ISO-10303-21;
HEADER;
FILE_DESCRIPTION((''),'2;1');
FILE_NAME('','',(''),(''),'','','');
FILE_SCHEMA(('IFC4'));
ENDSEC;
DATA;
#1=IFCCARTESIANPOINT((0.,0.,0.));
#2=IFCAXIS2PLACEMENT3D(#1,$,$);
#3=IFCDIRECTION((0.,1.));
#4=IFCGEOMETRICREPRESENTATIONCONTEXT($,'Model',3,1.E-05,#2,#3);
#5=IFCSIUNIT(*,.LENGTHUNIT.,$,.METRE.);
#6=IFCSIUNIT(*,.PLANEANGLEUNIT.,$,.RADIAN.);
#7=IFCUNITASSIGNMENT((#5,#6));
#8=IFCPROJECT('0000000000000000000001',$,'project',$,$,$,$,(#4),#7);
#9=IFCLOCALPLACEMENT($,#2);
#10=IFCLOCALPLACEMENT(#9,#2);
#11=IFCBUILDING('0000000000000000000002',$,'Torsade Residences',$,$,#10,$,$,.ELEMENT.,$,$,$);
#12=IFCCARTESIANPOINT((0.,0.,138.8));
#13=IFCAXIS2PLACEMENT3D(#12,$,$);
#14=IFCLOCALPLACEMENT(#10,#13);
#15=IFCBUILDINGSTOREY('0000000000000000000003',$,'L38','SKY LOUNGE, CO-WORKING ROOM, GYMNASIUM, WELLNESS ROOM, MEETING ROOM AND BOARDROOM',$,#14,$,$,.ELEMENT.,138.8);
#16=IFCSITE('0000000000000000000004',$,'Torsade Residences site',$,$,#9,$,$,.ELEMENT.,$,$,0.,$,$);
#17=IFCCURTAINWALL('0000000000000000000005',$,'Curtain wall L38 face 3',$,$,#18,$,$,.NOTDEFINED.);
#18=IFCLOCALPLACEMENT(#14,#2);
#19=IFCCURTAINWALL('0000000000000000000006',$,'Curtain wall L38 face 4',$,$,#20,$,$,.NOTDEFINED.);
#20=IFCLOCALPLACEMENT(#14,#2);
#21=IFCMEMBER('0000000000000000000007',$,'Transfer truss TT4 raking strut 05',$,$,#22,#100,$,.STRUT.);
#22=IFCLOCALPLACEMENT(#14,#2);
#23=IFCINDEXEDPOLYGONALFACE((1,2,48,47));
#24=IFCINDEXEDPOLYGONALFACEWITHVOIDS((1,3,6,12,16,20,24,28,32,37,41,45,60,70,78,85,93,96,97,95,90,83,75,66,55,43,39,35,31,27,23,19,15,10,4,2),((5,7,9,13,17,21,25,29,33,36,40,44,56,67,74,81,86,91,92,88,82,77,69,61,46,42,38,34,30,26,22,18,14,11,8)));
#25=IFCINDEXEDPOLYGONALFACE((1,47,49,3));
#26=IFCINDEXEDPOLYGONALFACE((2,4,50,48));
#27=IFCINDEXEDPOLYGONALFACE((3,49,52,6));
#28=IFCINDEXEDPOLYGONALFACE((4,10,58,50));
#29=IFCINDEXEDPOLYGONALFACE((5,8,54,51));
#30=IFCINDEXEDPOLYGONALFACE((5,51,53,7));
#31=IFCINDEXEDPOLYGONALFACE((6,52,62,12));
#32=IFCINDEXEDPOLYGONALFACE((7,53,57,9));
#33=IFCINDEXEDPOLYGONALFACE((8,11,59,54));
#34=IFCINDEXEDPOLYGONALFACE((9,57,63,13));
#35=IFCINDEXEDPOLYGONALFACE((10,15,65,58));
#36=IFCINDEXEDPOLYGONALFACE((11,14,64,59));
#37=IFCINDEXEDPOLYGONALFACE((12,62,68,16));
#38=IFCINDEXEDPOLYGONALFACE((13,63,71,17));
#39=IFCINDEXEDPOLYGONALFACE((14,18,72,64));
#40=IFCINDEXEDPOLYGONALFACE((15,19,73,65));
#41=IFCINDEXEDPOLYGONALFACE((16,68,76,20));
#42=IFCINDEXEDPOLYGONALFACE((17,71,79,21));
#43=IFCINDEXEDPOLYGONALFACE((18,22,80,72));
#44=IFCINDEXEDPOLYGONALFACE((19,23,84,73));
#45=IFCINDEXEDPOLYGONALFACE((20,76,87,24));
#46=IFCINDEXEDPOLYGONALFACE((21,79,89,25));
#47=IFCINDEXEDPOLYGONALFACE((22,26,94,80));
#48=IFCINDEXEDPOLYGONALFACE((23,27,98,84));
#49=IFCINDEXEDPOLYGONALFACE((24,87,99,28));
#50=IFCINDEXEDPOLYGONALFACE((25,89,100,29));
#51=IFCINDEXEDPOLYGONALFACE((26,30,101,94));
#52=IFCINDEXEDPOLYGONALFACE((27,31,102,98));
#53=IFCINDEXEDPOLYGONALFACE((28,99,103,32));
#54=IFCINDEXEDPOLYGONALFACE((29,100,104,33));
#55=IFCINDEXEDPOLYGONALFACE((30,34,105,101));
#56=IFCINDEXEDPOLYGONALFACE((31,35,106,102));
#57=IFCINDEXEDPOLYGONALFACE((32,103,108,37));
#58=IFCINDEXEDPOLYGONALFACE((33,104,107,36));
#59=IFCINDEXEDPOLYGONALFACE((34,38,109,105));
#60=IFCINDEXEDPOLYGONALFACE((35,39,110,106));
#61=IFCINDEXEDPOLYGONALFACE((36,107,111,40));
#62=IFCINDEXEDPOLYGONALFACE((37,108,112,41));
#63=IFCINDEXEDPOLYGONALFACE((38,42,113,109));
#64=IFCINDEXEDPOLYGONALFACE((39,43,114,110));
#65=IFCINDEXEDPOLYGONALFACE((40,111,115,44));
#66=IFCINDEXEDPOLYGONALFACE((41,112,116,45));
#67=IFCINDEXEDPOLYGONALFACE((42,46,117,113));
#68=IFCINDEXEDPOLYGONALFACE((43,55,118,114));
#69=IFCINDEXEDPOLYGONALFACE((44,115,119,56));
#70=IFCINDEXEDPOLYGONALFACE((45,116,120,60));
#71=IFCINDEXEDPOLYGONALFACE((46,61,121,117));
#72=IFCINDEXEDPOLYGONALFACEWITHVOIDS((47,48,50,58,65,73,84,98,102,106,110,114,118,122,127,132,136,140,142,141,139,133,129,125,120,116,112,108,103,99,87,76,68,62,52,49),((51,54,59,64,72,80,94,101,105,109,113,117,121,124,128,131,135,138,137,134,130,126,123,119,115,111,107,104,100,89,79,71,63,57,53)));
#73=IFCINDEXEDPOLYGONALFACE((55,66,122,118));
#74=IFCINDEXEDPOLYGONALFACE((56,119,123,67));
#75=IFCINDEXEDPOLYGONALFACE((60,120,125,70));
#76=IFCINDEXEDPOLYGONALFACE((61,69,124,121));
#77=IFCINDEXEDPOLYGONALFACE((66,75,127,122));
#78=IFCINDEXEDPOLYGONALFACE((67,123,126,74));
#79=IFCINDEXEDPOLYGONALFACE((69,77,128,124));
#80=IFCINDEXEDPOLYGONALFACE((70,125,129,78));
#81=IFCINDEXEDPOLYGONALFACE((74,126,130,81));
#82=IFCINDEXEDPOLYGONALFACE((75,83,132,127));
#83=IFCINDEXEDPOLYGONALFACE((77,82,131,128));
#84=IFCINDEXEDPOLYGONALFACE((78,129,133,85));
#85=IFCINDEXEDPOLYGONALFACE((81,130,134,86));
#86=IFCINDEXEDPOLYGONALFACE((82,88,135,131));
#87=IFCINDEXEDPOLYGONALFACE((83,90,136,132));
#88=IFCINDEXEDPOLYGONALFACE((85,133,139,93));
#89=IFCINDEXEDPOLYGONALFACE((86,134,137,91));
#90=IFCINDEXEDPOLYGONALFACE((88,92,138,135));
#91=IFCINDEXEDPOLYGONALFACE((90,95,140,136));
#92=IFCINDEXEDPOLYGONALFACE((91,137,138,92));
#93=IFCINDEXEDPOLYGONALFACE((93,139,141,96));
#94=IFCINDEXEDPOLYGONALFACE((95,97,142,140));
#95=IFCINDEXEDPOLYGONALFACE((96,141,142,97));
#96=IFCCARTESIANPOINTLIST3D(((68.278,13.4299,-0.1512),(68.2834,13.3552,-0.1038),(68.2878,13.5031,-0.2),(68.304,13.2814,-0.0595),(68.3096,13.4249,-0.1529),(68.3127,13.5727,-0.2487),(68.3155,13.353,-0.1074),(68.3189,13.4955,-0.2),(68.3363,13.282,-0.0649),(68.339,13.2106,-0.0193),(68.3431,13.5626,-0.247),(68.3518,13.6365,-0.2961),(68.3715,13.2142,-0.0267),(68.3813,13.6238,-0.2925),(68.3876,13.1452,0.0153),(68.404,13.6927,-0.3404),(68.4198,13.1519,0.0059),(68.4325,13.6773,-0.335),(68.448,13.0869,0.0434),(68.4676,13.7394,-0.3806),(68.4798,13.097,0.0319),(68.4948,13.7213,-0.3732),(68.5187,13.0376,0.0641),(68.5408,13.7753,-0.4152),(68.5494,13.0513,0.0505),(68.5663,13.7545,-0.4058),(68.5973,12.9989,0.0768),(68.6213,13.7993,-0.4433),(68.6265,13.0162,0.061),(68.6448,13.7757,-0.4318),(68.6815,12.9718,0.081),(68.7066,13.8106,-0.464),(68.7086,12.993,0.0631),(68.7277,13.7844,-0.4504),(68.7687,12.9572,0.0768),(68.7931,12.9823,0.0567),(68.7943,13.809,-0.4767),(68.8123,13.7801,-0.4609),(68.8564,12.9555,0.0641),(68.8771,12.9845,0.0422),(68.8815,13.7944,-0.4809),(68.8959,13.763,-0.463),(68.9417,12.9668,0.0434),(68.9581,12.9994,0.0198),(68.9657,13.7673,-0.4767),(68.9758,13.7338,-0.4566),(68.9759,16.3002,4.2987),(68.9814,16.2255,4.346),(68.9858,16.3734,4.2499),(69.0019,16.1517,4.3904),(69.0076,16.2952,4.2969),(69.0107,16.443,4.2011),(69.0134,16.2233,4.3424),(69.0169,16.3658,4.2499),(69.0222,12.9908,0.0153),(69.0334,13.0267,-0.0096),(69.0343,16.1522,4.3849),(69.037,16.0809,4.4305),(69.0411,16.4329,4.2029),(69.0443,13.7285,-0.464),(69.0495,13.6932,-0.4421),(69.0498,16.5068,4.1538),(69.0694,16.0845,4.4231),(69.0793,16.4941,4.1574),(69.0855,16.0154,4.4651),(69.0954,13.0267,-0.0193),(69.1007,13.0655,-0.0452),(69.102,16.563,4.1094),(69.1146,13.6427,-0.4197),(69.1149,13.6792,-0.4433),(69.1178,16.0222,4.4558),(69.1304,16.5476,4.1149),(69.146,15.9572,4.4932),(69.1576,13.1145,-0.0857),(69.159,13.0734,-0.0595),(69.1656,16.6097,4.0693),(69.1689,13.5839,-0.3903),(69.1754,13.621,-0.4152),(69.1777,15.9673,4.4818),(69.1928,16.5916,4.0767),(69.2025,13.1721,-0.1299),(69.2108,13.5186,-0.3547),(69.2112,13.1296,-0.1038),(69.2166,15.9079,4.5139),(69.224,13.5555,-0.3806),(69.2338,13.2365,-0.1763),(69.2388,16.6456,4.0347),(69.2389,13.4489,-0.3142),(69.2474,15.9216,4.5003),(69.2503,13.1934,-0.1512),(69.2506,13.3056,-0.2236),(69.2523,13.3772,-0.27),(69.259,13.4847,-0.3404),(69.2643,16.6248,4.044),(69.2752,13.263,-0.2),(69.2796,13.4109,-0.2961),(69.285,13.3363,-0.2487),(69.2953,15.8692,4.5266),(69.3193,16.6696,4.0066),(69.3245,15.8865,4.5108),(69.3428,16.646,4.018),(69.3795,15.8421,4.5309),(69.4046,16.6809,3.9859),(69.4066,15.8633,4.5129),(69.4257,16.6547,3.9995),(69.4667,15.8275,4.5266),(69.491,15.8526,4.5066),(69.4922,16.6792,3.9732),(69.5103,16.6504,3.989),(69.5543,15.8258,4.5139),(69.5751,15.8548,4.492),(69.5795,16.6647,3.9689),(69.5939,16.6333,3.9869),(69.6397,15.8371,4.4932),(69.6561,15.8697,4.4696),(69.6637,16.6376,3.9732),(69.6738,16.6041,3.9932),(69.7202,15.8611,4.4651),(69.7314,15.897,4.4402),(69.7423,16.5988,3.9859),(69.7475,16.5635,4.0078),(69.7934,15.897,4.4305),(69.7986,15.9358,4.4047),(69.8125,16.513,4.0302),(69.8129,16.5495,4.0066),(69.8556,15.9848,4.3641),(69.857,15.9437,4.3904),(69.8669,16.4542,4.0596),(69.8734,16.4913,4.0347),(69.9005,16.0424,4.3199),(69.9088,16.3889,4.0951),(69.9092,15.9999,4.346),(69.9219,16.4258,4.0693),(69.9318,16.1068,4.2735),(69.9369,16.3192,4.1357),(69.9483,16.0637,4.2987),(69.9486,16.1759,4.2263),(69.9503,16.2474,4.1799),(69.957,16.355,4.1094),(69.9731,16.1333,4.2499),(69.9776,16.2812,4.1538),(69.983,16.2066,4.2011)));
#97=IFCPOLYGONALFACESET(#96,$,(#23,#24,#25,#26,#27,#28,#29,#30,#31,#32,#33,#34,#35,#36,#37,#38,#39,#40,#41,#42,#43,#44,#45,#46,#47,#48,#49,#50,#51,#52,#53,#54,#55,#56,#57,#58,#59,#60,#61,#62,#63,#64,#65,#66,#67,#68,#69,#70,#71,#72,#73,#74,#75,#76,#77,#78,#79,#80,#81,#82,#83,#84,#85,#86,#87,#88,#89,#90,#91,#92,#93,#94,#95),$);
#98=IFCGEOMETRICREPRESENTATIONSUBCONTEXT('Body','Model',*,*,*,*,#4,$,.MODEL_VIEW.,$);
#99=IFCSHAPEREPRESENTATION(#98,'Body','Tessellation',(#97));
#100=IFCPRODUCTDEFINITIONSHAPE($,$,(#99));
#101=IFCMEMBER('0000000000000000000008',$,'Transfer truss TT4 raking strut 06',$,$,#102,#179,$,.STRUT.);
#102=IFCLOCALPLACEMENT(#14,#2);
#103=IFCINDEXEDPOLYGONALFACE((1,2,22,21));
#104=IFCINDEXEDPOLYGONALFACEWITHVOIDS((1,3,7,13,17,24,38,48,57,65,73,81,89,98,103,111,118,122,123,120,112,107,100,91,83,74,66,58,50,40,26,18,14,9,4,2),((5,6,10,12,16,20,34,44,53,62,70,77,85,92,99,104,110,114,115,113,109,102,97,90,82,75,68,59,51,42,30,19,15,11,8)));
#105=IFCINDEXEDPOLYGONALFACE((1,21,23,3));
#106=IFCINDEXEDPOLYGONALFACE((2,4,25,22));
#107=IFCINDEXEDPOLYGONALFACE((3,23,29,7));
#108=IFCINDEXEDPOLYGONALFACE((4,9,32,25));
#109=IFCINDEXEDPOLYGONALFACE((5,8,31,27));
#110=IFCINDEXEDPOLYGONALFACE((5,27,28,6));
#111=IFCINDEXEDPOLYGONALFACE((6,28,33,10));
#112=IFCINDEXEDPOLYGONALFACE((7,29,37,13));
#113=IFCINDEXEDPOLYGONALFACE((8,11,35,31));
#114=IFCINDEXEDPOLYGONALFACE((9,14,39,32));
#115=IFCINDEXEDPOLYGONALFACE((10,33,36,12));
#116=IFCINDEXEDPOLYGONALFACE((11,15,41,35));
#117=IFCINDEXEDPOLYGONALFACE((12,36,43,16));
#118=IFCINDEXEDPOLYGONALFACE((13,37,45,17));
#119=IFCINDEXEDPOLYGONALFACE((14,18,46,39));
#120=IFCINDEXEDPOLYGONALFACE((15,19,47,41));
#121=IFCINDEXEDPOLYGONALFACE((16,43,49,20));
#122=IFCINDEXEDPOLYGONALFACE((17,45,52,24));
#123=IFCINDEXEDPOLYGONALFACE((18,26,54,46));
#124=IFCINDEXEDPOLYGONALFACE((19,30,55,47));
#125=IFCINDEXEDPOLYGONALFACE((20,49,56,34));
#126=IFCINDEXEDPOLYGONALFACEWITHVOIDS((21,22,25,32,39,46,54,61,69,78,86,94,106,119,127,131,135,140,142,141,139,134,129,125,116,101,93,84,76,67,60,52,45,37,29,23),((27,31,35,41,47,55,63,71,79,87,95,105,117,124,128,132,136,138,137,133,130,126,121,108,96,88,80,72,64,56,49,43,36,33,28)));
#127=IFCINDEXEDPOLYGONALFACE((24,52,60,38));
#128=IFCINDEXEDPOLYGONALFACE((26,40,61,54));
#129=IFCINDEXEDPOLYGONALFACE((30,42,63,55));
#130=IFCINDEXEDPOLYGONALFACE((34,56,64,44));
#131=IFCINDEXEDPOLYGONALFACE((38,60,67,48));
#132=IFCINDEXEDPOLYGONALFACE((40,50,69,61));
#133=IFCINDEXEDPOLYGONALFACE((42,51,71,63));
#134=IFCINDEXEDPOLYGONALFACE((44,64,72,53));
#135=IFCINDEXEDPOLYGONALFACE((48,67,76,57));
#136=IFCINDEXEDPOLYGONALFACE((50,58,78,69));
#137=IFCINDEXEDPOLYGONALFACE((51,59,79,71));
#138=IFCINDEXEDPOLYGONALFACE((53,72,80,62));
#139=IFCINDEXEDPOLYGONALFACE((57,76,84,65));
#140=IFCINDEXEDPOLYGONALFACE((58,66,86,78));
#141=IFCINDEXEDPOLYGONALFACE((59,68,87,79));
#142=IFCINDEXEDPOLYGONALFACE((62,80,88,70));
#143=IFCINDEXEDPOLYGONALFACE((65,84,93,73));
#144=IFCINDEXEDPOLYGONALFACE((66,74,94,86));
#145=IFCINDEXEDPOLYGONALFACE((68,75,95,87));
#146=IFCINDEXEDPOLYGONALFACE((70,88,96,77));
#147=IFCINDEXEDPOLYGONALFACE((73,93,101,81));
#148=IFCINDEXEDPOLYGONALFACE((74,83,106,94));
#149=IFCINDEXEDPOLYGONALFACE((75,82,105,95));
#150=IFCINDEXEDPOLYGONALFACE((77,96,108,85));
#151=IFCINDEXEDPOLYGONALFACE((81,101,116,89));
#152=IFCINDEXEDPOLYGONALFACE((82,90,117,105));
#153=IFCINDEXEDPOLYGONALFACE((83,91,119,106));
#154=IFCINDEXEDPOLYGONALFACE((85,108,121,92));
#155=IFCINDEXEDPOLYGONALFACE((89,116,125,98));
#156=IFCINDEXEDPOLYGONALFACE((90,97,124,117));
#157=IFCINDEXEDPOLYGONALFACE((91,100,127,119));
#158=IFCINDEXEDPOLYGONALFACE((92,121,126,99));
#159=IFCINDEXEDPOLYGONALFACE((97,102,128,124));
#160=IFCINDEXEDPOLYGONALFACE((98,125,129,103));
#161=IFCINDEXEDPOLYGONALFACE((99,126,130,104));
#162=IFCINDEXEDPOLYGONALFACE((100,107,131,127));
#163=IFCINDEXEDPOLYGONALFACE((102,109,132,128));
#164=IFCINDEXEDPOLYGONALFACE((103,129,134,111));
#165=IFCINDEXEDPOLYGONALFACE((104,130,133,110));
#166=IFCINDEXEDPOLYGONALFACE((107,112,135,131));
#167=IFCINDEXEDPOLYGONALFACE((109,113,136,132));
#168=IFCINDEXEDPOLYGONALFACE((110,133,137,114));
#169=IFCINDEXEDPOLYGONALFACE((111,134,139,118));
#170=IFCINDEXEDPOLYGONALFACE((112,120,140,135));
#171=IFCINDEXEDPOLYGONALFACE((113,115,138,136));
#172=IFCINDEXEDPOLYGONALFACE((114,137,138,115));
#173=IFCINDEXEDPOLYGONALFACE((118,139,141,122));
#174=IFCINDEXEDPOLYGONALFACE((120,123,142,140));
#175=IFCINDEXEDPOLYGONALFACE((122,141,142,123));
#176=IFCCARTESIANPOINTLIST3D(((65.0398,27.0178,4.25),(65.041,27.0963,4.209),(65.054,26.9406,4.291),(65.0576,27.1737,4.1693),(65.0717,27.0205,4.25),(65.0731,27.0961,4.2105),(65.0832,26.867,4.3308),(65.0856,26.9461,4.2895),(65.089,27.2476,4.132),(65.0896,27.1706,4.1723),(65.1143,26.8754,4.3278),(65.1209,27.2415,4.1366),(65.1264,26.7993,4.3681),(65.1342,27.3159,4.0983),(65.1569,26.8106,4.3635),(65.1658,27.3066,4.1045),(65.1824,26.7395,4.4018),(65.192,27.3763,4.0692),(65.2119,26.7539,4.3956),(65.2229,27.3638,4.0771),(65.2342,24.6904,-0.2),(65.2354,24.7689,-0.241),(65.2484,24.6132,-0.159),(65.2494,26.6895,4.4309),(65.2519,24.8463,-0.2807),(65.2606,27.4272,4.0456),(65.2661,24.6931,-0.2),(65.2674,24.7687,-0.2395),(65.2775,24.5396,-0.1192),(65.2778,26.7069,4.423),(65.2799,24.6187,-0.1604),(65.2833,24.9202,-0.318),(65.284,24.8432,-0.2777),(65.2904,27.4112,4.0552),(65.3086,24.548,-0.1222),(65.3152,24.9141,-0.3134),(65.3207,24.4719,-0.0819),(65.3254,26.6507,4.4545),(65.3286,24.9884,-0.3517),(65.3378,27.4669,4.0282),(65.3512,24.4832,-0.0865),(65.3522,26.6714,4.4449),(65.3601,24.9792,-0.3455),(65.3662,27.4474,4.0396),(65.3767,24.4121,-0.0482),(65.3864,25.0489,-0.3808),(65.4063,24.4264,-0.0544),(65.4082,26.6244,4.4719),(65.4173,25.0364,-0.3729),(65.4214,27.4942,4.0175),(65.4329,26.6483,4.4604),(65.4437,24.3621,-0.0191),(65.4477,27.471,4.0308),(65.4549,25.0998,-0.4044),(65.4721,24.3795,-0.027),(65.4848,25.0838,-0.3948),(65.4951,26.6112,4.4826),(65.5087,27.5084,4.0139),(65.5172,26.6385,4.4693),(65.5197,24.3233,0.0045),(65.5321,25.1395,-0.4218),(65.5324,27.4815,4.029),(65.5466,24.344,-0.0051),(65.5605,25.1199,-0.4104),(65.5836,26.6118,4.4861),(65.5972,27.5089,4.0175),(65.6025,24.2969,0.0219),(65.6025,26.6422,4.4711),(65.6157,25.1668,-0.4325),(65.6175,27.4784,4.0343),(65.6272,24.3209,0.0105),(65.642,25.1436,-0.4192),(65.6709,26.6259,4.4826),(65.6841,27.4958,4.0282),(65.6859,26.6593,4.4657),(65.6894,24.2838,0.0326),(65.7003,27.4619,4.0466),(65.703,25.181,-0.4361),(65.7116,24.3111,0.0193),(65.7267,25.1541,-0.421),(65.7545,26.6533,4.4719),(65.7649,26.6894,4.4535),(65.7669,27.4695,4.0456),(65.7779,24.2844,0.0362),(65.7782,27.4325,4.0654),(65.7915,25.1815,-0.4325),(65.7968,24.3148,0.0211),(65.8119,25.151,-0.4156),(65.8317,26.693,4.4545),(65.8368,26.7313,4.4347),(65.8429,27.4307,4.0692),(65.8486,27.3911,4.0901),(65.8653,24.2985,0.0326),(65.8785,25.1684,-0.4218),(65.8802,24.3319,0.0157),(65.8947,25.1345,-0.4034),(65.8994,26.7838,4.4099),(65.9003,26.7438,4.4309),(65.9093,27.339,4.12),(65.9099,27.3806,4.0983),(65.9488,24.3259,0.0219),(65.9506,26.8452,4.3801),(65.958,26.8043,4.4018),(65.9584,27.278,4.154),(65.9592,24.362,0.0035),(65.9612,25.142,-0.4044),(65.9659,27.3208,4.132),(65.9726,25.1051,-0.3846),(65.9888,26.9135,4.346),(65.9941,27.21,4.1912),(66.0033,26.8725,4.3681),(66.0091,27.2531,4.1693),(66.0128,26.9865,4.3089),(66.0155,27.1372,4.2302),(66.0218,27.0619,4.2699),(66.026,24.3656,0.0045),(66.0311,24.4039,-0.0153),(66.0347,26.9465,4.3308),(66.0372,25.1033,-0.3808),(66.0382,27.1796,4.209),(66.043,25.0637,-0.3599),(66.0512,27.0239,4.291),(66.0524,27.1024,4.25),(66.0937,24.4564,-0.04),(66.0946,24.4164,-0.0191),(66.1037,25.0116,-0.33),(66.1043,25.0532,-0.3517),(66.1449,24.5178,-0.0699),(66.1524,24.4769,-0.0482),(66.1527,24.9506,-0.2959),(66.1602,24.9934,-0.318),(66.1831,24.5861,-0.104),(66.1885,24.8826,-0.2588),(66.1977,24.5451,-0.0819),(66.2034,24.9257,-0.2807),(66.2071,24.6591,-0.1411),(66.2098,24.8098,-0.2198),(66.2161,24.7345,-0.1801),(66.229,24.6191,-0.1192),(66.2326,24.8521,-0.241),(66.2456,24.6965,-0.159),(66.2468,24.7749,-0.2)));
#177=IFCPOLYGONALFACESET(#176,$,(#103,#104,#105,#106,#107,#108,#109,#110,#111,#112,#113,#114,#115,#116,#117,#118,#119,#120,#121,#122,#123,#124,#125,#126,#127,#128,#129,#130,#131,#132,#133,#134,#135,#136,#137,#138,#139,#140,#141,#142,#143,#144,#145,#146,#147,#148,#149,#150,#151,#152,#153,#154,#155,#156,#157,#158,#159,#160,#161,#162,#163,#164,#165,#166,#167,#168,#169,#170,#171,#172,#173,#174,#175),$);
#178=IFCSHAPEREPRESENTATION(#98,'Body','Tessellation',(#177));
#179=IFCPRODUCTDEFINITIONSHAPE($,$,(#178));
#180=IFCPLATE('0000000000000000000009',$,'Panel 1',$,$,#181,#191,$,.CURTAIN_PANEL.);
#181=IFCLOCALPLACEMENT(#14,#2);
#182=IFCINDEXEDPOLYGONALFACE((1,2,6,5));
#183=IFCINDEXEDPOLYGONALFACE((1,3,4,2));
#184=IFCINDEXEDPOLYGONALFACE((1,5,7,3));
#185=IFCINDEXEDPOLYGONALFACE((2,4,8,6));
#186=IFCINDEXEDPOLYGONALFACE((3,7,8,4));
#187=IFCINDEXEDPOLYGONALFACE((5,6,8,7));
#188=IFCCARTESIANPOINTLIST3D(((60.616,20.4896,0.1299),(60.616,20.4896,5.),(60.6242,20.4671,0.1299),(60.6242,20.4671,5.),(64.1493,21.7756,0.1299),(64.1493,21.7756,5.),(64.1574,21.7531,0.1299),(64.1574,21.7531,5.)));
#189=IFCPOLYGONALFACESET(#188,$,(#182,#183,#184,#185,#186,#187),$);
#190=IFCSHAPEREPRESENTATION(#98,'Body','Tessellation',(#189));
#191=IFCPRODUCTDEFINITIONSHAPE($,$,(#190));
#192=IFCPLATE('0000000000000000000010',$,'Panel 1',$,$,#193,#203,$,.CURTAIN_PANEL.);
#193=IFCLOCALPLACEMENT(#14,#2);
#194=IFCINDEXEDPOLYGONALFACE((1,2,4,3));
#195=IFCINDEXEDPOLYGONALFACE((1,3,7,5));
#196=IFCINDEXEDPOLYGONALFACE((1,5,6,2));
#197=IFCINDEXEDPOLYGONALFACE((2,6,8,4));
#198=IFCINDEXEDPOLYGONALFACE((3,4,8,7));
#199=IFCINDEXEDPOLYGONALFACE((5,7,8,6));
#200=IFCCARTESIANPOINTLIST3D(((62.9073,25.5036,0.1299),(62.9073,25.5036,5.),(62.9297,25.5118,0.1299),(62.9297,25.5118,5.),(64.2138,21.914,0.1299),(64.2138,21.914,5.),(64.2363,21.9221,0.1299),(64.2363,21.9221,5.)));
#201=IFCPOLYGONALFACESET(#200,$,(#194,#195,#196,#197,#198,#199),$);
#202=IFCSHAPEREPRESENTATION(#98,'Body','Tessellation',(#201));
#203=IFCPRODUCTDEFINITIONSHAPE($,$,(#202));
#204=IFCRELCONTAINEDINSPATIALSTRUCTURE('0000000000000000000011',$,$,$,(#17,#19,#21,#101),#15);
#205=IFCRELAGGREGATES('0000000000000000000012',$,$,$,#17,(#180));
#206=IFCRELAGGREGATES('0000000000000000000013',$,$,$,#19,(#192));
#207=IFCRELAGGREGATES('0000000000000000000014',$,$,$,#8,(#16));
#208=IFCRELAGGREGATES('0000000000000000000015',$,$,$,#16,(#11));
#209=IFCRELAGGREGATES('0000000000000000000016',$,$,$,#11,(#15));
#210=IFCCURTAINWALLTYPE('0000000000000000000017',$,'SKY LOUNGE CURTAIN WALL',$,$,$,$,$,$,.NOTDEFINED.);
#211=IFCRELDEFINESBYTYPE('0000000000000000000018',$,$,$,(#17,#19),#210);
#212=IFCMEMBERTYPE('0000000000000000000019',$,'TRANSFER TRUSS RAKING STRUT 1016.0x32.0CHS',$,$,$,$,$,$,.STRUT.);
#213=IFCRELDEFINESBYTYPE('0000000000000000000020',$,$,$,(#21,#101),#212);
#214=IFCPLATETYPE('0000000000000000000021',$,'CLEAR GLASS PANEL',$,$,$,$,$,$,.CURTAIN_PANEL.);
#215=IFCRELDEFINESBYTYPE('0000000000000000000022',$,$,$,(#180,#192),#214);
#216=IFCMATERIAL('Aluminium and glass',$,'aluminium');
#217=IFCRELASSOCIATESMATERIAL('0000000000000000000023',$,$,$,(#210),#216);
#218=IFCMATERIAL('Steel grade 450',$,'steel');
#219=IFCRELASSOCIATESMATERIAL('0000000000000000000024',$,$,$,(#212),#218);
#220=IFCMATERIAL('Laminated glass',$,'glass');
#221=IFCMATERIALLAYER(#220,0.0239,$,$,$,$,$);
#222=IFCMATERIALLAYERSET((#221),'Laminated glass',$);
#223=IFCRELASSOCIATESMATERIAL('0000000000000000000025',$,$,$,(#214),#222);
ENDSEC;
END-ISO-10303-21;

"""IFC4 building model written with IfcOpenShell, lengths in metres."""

from ifc_helpers import new_model, si_unit, direction, frame, origin, origin_2d, place, context, subcontext, project, spatial, rectangle, hollow_circle, extrude, material, layer, layer_set, material_profile, profile_set, type_object, element, aggregate, save


model = new_model("IFC4")

# Units and contexts
model_context = context("Model", 3, precision=1e-05, world=origin(), true_north=direction((0.0, 1.0)))
body_context = subcontext(model_context, "Body", "Model", "MODEL_VIEW")
ifc_project = project(units=[si_unit("LENGTHUNIT", "METRE"), si_unit("PLANEANGLEUNIT", "RADIAN")], contexts=[model_context])

# Site, building, storey
site_placement = place(None, origin())
site = spatial("IfcSite", under=ifc_project, at=site_placement, Name="Torsade Residences site", CompositionType="ELEMENT", RefElevation=0.0)
building_placement = place(site_placement, origin())
building = spatial("IfcBuilding", under=site, at=building_placement, Name="Torsade Residences", CompositionType="ELEMENT")
storey_placement = place(building_placement, frame((0.0, 0.0, 138.8)))
storey = spatial("IfcBuildingStorey", under=building, at=storey_placement, Name="L38", Description="SKY LOUNGE, CO-WORKING ROOM, GYMNASIUM, WELLNESS ROOM, MEETING ROOM AND BOARDROOM", CompositionType="ELEMENT", Elevation=138.8)

# Curtain wall
ifc_material_1 = material(Name="Aluminium and glass", Category="aluminium")
curtain_wall_type = type_object("IfcCurtainWallType", Name="SKY LOUNGE CURTAIN WALL", PredefinedType="NOTDEFINED", material=ifc_material_1)
curtain_wall_1_placement = place(storey_placement, origin())
curtain_wall_1 = element("IfcCurtainWall", 1, at=curtain_wall_1_placement, inside=storey, type_object=curtain_wall_type, Name="Curtain wall L38 face 3", PredefinedType="NOTDEFINED")

# Curtain wall
curtain_wall_2_placement = place(storey_placement, origin())
curtain_wall_2 = element("IfcCurtainWall", 2, at=curtain_wall_2_placement, inside=storey, type_object=curtain_wall_type, Name="Curtain wall L38 face 4", PredefinedType="NOTDEFINED")

# Members
ifc_material_2 = material(Name="Steel grade 450", Category="steel")
ifc_material_profile_1 = material_profile(ifc_material_2, hollow_circle(Radius=0.5081, WallThickness=0.032, at=origin_2d()), Name="1016.0x32.0CHS")
ifc_profile_set_1 = profile_set([ifc_material_profile_1], Name="Steel grade 450")
member_type_1 = type_object("IfcMemberType", Name="TRANSFER TRUSS RAKING STRUT 1016.0x32.0CHS", PredefinedType="STRUT", material=ifc_profile_set_1)
member_1_placement = place(storey_placement, frame((68.7815, 13.3831, -0.2), z_axis=(0.130682, 0.537402, 0.83314), x_axis=(-0.971683, 0.236288, 0.0)))
element("IfcMember", 3, at=member_1_placement, inside=storey, type_object=member_type_1, Name="Transfer truss TT4 raking strut 05", PredefinedType="STRUT", context=body_context, shape_type="SweptSolid", body=[
    extrude(hollow_circle(Radius=0.5081, WallThickness=0.032, at=origin_2d()), origin(), (0.0, 0.0, 1.0), 5.3411),
])
member_2_placement = place(storey_placement, frame((65.7405, 24.7327, -0.2), z_axis=(-0.038669, 0.463108, 0.885458), x_axis=(-0.996532, -0.08321, 0.0)))
element("IfcMember", 4, at=member_2_placement, inside=storey, type_object=member_type_1, Name="Transfer truss TT4 raking strut 06", PredefinedType="STRUT", context=body_context, shape_type="SweptSolid", body=[
    extrude(hollow_circle(Radius=0.5081, WallThickness=0.032, at=origin_2d()), origin(), (0.0, 0.0, 1.0), 5.0256),
])

# Plates
ifc_material_3 = material(Name="Laminated glass", Category="glass")
ifc_layer_1 = layer(ifc_material_3, 0.0239)
ifc_layer_set_1 = layer_set([ifc_layer_1], Name="Laminated glass")
plate_type = type_object("IfcPlateType", Name="CLEAR GLASS PANEL", PredefinedType="CURTAIN_PANEL", material=ifc_layer_set_1)
plate_1_placement = place(storey_placement, frame((62.3867, 21.1213, 0.1299), z_axis=(0.0, 0.0, 1.0), x_axis=(0.939693, 0.34202, 0.0)))
plate_1 = element("IfcPlate", 5, at=plate_1_placement, type_object=plate_type, Name="Panel 1", PredefinedType="CURTAIN_PANEL", context=body_context, shape_type="SweptSolid", body=[
    extrude(rectangle(XDim=3.76, YDim=0.0239, at=origin_2d()), origin(), (0.0, 0.0, 1.0), 4.8701),
])
aggregate(curtain_wall_1, [plate_1])
plate_2_placement = place(storey_placement, frame((63.5718, 23.7129, 0.1299), z_axis=(0.0, 0.0, 1.0), x_axis=(-0.34202, 0.939693, 0.0)))
plate_2 = element("IfcPlate", 6, at=plate_2_placement, type_object=plate_type, Name="Panel 1", PredefinedType="CURTAIN_PANEL", context=body_context, shape_type="SweptSolid", body=[
    extrude(rectangle(XDim=3.8201, YDim=0.0239, at=origin_2d()), origin(), (0.0, 0.0, 1.0), 4.8701),
])
aggregate(curtain_wall_2, [plate_2])

save(model, "model.ifc")
